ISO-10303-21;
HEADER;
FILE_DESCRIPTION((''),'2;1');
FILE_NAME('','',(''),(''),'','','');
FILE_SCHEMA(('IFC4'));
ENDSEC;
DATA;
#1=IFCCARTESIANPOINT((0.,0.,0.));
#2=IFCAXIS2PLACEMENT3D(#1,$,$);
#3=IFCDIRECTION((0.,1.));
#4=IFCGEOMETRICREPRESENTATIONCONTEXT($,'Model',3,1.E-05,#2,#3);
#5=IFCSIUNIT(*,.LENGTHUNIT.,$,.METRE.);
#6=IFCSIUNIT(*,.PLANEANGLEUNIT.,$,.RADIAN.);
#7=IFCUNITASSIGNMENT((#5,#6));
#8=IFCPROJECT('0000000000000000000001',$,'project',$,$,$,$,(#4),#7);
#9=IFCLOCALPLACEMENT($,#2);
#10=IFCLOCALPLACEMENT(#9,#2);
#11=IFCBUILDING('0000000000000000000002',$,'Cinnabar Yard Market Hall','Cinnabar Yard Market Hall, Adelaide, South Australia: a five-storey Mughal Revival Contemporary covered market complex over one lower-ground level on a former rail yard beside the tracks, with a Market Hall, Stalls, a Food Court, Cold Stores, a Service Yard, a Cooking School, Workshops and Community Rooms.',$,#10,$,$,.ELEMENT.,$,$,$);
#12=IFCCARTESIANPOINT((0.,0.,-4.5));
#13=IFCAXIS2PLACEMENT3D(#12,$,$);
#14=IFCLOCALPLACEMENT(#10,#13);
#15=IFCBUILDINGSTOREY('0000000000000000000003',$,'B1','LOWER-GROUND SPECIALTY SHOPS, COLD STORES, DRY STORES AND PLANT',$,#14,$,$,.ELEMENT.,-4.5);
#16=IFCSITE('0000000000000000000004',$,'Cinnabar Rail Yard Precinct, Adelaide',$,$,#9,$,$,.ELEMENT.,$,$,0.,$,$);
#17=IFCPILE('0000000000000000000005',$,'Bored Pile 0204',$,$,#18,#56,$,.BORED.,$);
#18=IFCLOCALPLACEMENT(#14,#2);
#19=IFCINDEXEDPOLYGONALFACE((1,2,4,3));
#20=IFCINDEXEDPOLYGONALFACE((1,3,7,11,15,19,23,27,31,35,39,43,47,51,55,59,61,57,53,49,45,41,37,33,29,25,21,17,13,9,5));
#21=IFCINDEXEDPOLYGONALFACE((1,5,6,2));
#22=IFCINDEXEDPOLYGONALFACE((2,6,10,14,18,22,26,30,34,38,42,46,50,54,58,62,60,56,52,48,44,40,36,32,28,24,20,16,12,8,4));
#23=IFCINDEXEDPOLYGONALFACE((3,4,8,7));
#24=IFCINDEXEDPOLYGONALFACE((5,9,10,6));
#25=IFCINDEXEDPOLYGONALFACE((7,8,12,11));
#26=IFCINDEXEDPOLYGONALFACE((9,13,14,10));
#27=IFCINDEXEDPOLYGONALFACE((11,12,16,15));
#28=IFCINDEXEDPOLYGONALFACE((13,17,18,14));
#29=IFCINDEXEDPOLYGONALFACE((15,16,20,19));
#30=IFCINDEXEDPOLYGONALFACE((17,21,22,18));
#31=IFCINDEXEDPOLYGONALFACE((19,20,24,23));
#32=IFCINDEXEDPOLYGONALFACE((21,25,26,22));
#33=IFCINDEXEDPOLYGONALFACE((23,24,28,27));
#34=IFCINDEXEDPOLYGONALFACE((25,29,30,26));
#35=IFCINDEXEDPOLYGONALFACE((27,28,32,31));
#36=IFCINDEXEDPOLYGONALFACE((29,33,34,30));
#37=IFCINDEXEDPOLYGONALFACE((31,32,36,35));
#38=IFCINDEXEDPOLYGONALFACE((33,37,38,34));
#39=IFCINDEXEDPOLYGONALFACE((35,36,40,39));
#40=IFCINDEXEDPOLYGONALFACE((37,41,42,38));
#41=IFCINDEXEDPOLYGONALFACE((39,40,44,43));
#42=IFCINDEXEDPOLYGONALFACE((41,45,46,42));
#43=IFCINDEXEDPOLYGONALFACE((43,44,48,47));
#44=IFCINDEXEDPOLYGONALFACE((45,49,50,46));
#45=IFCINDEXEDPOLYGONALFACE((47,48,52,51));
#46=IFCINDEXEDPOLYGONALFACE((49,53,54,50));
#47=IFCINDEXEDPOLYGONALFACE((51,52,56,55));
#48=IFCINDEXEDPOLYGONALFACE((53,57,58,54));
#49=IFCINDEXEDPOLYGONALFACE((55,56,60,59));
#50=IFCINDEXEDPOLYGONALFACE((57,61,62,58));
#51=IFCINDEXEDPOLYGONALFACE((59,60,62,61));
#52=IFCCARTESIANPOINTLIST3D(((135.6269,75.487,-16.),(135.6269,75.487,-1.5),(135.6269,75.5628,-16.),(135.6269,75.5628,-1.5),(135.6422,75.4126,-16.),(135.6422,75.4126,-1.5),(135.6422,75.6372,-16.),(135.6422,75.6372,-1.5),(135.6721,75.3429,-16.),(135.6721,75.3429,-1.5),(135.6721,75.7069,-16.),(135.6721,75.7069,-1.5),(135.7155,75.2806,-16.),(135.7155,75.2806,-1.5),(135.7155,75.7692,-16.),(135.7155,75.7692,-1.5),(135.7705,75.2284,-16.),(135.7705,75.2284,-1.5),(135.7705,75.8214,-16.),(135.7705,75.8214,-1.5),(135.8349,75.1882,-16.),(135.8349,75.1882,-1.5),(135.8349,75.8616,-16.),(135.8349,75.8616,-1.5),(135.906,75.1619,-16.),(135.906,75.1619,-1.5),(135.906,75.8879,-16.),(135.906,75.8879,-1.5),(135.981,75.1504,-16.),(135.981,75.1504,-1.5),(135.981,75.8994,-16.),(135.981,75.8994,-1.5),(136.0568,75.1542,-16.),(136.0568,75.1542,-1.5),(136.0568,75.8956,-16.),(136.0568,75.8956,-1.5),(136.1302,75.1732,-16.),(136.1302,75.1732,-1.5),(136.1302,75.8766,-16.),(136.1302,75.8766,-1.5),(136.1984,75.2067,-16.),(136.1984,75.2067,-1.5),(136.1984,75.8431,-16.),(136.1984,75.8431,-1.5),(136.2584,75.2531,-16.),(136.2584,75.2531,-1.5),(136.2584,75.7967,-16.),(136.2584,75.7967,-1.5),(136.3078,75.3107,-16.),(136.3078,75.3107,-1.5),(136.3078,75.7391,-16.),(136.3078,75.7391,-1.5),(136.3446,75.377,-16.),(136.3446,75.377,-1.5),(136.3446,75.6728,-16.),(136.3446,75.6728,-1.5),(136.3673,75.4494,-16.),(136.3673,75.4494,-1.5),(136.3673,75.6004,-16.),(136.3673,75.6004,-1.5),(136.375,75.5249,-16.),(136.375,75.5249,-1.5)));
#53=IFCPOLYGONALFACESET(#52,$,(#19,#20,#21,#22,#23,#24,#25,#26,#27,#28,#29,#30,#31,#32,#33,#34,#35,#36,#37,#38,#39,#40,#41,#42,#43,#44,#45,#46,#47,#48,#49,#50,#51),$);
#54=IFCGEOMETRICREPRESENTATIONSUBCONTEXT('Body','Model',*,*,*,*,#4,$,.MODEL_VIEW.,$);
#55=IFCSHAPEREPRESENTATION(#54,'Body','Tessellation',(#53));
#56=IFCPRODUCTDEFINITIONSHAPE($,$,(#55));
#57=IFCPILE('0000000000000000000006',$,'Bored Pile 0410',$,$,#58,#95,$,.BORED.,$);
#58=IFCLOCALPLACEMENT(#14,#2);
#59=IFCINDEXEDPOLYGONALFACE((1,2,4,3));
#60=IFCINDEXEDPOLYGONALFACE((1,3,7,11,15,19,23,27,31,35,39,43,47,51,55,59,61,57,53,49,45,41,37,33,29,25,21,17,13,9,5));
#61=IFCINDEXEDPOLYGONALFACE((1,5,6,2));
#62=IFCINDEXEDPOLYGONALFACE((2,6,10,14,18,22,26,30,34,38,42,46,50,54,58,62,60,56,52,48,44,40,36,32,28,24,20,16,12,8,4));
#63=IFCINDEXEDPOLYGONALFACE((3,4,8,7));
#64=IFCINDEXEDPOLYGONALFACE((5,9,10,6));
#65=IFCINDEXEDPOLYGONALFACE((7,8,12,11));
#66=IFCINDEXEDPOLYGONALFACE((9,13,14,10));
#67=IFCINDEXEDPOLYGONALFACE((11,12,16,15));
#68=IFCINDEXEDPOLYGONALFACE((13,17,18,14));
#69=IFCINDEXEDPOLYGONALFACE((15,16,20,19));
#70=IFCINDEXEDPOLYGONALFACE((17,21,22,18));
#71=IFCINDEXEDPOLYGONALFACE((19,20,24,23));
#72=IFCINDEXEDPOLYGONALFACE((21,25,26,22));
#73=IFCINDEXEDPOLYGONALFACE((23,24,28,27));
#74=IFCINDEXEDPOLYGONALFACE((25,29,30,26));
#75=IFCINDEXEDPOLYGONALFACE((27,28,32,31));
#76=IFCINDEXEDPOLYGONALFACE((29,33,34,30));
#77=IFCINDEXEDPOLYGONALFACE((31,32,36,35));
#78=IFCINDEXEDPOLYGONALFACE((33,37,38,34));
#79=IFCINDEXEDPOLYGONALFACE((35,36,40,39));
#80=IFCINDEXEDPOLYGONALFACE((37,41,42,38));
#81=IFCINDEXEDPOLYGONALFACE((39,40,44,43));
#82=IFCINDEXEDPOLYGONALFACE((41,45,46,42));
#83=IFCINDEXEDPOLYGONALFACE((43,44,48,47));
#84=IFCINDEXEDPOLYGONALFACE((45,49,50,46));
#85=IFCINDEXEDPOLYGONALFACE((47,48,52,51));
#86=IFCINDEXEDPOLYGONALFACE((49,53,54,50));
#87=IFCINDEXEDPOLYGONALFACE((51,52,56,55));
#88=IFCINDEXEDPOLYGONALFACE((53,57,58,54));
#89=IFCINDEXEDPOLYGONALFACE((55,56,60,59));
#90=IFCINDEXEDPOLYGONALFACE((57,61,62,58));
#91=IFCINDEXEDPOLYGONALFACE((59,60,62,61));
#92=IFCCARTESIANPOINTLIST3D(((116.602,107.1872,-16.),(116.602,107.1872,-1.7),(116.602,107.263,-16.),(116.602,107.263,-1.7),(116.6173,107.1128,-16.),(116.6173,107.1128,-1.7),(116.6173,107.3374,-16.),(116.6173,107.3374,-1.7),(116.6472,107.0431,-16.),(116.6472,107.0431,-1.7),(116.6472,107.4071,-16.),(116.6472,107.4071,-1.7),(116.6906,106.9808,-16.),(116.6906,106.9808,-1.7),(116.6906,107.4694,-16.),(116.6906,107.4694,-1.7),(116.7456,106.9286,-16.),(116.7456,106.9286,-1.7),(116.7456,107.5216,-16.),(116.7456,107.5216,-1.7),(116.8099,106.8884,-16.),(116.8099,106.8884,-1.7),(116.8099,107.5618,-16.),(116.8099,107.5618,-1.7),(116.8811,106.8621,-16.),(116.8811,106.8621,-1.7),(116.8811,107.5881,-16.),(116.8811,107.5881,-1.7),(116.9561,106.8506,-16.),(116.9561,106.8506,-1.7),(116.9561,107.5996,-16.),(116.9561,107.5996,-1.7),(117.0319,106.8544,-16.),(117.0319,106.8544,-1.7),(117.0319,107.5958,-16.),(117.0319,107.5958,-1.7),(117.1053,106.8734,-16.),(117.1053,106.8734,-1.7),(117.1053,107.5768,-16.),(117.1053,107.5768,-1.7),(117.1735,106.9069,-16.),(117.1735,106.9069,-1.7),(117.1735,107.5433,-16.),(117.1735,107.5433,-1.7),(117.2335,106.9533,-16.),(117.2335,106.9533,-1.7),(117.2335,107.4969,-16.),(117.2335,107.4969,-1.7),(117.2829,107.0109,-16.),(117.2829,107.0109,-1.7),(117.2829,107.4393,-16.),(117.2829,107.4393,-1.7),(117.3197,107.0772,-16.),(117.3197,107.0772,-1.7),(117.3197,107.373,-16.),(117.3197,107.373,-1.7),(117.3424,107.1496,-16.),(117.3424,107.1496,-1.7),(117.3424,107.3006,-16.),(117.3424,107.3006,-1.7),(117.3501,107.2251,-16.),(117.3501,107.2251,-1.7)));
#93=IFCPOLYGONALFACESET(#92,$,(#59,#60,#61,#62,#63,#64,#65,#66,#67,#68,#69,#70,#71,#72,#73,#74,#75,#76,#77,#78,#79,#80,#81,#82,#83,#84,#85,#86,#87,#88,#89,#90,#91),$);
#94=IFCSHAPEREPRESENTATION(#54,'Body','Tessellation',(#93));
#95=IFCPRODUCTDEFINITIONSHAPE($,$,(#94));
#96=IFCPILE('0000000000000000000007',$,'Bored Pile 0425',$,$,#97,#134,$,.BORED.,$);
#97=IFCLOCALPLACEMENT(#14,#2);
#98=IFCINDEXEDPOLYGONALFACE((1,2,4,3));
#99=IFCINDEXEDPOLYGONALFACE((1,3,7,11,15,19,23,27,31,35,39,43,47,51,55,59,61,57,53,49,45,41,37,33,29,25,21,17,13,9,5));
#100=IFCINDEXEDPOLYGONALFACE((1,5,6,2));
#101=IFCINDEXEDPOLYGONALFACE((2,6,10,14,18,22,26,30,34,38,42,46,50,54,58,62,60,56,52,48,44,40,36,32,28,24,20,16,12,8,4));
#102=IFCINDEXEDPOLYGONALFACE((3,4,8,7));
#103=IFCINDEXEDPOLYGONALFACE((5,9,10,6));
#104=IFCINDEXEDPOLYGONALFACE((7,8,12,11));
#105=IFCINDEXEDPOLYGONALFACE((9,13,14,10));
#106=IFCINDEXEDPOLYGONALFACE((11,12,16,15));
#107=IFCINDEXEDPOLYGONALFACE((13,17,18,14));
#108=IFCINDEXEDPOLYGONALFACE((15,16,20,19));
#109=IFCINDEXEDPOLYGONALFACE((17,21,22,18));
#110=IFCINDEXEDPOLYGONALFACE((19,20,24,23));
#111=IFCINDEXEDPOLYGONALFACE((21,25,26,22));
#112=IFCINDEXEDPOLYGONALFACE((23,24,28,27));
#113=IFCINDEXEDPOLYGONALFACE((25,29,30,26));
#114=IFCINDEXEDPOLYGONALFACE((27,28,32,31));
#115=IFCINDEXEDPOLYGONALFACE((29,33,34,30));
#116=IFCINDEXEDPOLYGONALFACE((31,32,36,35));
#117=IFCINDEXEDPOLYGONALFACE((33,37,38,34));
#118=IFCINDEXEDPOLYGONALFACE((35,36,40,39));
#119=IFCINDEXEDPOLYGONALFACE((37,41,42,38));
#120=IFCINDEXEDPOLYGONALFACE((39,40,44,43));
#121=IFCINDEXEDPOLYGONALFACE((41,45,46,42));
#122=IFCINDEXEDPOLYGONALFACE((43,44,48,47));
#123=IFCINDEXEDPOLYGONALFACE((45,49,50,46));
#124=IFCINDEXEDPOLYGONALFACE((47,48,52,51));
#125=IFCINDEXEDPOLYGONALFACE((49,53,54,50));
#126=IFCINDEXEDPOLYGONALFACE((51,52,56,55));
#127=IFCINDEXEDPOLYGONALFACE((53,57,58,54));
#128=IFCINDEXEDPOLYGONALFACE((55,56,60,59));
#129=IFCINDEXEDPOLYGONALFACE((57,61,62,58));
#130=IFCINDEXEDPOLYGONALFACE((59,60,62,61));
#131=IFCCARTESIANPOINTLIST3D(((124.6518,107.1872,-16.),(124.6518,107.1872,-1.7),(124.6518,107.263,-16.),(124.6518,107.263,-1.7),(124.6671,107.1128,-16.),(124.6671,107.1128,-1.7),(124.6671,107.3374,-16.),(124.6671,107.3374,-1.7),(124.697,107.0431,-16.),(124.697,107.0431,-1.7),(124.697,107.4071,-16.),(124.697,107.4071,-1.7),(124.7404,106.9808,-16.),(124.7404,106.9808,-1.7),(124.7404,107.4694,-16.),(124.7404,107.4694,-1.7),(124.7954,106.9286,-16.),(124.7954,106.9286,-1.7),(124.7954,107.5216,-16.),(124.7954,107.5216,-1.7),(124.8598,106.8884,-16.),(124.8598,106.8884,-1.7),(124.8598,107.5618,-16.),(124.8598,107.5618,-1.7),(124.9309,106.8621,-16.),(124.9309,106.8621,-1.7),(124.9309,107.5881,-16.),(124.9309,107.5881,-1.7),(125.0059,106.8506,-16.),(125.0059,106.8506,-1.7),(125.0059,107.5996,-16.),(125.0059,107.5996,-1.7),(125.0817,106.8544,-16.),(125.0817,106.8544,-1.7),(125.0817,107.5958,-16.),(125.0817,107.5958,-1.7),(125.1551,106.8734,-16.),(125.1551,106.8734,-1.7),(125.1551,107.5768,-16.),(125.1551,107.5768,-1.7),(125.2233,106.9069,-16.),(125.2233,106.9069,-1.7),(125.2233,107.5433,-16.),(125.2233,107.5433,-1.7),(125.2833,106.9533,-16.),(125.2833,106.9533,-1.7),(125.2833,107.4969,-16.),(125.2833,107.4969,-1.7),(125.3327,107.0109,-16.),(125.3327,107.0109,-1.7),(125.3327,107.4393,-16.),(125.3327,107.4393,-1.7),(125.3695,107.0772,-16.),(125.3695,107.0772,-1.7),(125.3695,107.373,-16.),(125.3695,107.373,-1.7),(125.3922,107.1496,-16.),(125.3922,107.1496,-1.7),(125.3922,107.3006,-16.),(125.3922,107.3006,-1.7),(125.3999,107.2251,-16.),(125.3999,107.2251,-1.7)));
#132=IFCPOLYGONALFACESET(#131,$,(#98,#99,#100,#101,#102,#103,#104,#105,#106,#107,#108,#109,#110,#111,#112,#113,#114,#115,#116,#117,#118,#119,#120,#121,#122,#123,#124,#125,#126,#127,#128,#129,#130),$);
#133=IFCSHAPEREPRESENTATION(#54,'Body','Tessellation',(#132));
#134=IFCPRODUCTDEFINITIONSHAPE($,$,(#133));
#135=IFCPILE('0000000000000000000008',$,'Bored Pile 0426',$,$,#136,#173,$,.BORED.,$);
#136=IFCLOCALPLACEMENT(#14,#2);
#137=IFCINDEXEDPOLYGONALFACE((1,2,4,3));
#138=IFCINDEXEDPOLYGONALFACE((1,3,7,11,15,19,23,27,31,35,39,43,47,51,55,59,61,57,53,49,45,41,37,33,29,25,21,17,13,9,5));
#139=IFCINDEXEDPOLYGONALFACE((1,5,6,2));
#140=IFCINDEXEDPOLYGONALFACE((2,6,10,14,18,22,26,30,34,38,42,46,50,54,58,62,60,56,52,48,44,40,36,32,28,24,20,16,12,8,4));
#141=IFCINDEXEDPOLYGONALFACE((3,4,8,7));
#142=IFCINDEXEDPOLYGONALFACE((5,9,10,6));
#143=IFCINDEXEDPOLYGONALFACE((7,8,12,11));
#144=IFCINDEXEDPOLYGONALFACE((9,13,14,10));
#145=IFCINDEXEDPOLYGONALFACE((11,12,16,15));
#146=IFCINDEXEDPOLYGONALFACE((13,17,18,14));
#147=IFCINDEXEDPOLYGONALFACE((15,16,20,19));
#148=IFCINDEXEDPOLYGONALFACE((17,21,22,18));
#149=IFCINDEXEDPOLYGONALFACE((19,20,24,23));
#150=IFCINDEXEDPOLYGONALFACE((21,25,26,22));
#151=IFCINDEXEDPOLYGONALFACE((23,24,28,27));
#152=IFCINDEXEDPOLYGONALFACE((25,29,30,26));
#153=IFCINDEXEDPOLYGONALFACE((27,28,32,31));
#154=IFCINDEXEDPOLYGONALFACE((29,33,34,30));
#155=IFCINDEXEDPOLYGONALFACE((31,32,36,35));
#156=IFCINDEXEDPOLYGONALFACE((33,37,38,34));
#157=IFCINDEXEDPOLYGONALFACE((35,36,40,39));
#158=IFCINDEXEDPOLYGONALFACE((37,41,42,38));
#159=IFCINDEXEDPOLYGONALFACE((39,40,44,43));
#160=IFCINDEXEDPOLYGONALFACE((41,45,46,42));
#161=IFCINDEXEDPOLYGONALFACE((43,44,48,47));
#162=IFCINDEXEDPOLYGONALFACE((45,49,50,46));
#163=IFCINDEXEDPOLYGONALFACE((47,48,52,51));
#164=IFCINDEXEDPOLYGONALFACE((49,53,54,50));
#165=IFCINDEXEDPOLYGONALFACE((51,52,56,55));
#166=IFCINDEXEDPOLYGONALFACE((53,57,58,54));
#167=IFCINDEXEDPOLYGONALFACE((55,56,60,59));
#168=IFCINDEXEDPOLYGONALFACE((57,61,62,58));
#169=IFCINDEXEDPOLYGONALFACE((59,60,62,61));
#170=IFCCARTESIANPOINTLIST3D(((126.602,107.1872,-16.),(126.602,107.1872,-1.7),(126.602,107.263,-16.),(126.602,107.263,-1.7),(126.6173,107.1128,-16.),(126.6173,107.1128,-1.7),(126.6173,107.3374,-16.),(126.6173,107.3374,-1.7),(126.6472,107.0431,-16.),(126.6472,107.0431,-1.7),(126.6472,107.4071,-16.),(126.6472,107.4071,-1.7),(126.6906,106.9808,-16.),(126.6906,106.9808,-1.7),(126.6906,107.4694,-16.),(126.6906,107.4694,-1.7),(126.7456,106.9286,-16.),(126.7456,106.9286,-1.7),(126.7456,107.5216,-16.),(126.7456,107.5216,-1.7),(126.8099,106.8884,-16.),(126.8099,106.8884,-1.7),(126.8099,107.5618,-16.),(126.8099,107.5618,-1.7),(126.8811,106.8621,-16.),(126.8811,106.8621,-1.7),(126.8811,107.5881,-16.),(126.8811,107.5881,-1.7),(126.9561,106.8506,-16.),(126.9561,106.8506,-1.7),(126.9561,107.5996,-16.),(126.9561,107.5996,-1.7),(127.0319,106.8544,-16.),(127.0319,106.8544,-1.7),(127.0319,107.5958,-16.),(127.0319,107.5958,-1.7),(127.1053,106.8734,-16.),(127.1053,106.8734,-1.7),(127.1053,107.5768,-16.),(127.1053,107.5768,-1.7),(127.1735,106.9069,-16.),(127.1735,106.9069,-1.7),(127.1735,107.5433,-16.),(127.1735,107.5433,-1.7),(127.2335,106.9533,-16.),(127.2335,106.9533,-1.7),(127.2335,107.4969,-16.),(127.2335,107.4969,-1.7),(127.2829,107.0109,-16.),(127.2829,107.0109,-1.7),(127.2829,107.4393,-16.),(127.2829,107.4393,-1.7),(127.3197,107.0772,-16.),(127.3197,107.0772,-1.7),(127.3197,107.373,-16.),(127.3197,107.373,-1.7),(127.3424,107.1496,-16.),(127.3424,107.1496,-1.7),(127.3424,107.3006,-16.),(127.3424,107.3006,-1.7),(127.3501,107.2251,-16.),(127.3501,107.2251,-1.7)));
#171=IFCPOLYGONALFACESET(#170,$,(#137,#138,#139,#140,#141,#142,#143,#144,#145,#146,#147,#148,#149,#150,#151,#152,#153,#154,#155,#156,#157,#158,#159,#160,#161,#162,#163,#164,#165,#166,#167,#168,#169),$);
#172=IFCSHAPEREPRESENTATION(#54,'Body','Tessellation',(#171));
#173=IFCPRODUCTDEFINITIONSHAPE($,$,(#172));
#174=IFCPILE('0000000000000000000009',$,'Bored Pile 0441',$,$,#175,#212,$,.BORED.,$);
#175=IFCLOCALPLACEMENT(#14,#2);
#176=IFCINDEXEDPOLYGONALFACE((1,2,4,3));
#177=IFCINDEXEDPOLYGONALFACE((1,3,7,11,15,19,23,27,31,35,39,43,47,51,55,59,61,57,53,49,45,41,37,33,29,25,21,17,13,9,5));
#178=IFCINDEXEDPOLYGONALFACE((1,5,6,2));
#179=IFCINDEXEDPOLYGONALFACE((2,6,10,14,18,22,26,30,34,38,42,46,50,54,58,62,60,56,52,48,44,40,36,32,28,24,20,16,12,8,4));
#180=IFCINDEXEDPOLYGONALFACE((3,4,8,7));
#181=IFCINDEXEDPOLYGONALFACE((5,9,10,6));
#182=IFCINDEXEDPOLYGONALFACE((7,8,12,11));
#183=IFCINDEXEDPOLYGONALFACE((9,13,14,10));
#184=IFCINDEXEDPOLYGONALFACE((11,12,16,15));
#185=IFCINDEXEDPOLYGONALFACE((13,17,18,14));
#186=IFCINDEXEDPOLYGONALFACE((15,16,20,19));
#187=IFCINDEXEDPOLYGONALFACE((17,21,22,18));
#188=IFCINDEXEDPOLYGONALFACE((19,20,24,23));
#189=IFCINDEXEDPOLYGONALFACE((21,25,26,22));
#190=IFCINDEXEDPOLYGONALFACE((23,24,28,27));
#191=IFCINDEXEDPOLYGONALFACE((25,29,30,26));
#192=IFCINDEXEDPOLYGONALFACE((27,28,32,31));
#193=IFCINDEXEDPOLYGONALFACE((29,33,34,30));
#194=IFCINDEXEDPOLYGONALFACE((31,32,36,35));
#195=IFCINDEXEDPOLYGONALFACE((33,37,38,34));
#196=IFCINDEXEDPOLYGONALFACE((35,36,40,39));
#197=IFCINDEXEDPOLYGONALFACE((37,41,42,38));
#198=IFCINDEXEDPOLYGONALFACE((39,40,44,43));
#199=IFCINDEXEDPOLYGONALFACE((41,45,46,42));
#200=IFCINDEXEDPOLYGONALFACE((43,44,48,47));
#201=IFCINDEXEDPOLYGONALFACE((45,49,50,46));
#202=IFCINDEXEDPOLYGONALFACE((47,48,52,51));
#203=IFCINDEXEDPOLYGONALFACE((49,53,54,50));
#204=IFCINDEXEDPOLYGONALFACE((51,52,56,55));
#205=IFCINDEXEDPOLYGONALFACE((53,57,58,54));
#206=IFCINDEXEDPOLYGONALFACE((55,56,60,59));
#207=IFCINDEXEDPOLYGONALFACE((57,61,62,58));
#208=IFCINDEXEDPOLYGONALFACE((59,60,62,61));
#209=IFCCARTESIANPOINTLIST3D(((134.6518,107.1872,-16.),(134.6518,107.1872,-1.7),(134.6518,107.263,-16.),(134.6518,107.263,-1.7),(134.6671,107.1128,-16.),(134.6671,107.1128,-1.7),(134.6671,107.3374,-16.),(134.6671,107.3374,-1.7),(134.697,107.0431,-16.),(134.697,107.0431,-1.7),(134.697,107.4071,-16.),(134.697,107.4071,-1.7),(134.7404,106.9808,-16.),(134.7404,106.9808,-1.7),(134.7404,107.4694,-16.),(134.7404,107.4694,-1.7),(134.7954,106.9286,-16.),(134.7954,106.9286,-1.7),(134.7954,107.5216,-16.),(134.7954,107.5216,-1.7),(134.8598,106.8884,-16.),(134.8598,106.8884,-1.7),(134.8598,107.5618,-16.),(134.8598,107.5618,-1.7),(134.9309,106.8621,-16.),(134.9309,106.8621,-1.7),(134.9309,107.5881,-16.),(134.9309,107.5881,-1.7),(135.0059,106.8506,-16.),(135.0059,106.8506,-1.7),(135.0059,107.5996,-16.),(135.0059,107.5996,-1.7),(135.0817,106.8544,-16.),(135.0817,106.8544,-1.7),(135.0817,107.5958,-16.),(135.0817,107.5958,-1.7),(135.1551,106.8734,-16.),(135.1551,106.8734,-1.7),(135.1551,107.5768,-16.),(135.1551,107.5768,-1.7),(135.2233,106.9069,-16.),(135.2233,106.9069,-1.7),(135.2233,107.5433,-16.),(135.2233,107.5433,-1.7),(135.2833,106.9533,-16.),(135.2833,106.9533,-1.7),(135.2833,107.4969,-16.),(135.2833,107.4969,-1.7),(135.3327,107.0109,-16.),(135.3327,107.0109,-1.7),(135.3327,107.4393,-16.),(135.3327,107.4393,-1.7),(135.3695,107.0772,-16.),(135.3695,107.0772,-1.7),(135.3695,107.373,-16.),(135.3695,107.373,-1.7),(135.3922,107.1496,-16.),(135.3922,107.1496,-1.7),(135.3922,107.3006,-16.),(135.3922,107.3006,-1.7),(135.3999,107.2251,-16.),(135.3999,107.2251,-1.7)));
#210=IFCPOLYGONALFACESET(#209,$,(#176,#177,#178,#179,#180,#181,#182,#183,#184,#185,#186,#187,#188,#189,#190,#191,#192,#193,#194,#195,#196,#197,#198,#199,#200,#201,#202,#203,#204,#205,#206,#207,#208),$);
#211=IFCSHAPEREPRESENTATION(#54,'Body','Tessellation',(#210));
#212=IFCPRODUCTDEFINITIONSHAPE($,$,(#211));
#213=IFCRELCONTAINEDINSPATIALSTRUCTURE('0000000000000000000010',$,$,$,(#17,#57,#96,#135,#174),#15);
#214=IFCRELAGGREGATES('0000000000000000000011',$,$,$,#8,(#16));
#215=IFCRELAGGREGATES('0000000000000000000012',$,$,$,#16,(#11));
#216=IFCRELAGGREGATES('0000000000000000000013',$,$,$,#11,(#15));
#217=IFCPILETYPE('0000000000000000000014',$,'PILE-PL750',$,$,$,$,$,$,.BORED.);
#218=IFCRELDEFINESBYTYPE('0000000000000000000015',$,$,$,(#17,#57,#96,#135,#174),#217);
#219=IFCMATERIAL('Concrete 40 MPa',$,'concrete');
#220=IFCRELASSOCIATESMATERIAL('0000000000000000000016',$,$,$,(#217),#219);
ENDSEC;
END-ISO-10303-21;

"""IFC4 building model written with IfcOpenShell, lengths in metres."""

from ifc_helpers import new_model, si_unit, direction, frame, origin, origin_2d_with_axis, place, context, subcontext, project, spatial, circle, extrude, material, material_profile, profile_set, type_object, element, save


model = new_model("IFC4")

# Units and contexts
model_context = context("Model", 3, precision=1e-05, world=origin(), true_north=direction((0.0, 1.0)))
body_context = subcontext(model_context, "Body", "Model", "MODEL_VIEW")
ifc_project = project(units=[si_unit("LENGTHUNIT", "METRE"), si_unit("PLANEANGLEUNIT", "RADIAN")], contexts=[model_context])

# Site, building, storey
site_placement = place(None, origin())
site = spatial("IfcSite", under=ifc_project, at=site_placement, Name="Cinnabar Rail Yard Precinct, Adelaide", CompositionType="ELEMENT", RefElevation=0.0)
building_placement = place(site_placement, origin())
building = spatial("IfcBuilding", under=site, at=building_placement, Name="Cinnabar Yard Market Hall", Description="Cinnabar Yard Market Hall, Adelaide, South Australia: a five-storey Mughal Revival Contemporary covered market complex over one lower-ground level on a former rail yard beside the tracks, with a Market Hall, Stalls, a Food Court, Cold Stores, a Service Yard, a Cooking School, Workshops and Community Rooms.", CompositionType="ELEMENT")
storey_placement = place(building_placement, frame((0.0, 0.0, -4.5)))
storey = spatial("IfcBuildingStorey", under=building, at=storey_placement, Name="B1", Description="LOWER-GROUND SPECIALTY SHOPS, COLD STORES, DRY STORES AND PLANT", CompositionType="ELEMENT", Elevation=-4.5)

# Shared definitions
ifc_material_1 = material(Name="Concrete 40 MPa", Category="concrete")

# Piles
ifc_material_profile_1 = material_profile(ifc_material_1, circle(Radius=0.375, at=origin_2d_with_axis()), Name="PILE-D750")
ifc_profile_set_1 = profile_set([ifc_material_profile_1], Name="Concrete 40 MPa")
pile_type = type_object("IfcPileType", Name="PILE-PL750", PredefinedType="BORED", material=ifc_profile_set_1)
pile_1_placement = place(storey_placement, frame((136.0, 75.5249, -1.5), z_axis=(0.0, 0.0, -1.0), x_axis=(1.0, 0.0, 0.0)))
element("IfcPile", 1, at=pile_1_placement, inside=storey, type_object=pile_type, Name="Bored Pile 0204", PredefinedType="BORED", context=body_context, shape_type="SweptSolid", body=[
    extrude(circle(Radius=0.375, at=origin_2d_with_axis()), origin(), (0.0, 0.0, 1.0), 14.5),
])
for number, where, z_axis, x_axis, name in (
    (2, (116.9751, 107.2251, -1.7), (0.0, 0.0, -1.0), (1.0, 0.0, 0.0), "Bored Pile 0410"),
    (3, (125.0249, 107.2251, -1.7), (0.0, 0.0, -1.0), (1.0, 0.0, 0.0), "Bored Pile 0425"),
    (4, (126.9751, 107.2251, -1.7), (0.0, 0.0, -1.0), (1.0, 0.0, 0.0), "Bored Pile 0426"),
    (5, (135.0249, 107.2251, -1.7), (0.0, 0.0, -1.0), (1.0, 0.0, 0.0), "Bored Pile 0441"),
):
    element("IfcPile", number, at=place(storey_placement, frame(where, z_axis=z_axis, x_axis=x_axis)), inside=storey, type_object=pile_type, Name=name, PredefinedType="BORED", context=body_context, shape_type="SweptSolid", body=[
        extrude(circle(Radius=0.375, at=origin_2d_with_axis()), origin(), (0.0, 0.0, 1.0), 14.3),
    ])

save(model, "model.ifc")
